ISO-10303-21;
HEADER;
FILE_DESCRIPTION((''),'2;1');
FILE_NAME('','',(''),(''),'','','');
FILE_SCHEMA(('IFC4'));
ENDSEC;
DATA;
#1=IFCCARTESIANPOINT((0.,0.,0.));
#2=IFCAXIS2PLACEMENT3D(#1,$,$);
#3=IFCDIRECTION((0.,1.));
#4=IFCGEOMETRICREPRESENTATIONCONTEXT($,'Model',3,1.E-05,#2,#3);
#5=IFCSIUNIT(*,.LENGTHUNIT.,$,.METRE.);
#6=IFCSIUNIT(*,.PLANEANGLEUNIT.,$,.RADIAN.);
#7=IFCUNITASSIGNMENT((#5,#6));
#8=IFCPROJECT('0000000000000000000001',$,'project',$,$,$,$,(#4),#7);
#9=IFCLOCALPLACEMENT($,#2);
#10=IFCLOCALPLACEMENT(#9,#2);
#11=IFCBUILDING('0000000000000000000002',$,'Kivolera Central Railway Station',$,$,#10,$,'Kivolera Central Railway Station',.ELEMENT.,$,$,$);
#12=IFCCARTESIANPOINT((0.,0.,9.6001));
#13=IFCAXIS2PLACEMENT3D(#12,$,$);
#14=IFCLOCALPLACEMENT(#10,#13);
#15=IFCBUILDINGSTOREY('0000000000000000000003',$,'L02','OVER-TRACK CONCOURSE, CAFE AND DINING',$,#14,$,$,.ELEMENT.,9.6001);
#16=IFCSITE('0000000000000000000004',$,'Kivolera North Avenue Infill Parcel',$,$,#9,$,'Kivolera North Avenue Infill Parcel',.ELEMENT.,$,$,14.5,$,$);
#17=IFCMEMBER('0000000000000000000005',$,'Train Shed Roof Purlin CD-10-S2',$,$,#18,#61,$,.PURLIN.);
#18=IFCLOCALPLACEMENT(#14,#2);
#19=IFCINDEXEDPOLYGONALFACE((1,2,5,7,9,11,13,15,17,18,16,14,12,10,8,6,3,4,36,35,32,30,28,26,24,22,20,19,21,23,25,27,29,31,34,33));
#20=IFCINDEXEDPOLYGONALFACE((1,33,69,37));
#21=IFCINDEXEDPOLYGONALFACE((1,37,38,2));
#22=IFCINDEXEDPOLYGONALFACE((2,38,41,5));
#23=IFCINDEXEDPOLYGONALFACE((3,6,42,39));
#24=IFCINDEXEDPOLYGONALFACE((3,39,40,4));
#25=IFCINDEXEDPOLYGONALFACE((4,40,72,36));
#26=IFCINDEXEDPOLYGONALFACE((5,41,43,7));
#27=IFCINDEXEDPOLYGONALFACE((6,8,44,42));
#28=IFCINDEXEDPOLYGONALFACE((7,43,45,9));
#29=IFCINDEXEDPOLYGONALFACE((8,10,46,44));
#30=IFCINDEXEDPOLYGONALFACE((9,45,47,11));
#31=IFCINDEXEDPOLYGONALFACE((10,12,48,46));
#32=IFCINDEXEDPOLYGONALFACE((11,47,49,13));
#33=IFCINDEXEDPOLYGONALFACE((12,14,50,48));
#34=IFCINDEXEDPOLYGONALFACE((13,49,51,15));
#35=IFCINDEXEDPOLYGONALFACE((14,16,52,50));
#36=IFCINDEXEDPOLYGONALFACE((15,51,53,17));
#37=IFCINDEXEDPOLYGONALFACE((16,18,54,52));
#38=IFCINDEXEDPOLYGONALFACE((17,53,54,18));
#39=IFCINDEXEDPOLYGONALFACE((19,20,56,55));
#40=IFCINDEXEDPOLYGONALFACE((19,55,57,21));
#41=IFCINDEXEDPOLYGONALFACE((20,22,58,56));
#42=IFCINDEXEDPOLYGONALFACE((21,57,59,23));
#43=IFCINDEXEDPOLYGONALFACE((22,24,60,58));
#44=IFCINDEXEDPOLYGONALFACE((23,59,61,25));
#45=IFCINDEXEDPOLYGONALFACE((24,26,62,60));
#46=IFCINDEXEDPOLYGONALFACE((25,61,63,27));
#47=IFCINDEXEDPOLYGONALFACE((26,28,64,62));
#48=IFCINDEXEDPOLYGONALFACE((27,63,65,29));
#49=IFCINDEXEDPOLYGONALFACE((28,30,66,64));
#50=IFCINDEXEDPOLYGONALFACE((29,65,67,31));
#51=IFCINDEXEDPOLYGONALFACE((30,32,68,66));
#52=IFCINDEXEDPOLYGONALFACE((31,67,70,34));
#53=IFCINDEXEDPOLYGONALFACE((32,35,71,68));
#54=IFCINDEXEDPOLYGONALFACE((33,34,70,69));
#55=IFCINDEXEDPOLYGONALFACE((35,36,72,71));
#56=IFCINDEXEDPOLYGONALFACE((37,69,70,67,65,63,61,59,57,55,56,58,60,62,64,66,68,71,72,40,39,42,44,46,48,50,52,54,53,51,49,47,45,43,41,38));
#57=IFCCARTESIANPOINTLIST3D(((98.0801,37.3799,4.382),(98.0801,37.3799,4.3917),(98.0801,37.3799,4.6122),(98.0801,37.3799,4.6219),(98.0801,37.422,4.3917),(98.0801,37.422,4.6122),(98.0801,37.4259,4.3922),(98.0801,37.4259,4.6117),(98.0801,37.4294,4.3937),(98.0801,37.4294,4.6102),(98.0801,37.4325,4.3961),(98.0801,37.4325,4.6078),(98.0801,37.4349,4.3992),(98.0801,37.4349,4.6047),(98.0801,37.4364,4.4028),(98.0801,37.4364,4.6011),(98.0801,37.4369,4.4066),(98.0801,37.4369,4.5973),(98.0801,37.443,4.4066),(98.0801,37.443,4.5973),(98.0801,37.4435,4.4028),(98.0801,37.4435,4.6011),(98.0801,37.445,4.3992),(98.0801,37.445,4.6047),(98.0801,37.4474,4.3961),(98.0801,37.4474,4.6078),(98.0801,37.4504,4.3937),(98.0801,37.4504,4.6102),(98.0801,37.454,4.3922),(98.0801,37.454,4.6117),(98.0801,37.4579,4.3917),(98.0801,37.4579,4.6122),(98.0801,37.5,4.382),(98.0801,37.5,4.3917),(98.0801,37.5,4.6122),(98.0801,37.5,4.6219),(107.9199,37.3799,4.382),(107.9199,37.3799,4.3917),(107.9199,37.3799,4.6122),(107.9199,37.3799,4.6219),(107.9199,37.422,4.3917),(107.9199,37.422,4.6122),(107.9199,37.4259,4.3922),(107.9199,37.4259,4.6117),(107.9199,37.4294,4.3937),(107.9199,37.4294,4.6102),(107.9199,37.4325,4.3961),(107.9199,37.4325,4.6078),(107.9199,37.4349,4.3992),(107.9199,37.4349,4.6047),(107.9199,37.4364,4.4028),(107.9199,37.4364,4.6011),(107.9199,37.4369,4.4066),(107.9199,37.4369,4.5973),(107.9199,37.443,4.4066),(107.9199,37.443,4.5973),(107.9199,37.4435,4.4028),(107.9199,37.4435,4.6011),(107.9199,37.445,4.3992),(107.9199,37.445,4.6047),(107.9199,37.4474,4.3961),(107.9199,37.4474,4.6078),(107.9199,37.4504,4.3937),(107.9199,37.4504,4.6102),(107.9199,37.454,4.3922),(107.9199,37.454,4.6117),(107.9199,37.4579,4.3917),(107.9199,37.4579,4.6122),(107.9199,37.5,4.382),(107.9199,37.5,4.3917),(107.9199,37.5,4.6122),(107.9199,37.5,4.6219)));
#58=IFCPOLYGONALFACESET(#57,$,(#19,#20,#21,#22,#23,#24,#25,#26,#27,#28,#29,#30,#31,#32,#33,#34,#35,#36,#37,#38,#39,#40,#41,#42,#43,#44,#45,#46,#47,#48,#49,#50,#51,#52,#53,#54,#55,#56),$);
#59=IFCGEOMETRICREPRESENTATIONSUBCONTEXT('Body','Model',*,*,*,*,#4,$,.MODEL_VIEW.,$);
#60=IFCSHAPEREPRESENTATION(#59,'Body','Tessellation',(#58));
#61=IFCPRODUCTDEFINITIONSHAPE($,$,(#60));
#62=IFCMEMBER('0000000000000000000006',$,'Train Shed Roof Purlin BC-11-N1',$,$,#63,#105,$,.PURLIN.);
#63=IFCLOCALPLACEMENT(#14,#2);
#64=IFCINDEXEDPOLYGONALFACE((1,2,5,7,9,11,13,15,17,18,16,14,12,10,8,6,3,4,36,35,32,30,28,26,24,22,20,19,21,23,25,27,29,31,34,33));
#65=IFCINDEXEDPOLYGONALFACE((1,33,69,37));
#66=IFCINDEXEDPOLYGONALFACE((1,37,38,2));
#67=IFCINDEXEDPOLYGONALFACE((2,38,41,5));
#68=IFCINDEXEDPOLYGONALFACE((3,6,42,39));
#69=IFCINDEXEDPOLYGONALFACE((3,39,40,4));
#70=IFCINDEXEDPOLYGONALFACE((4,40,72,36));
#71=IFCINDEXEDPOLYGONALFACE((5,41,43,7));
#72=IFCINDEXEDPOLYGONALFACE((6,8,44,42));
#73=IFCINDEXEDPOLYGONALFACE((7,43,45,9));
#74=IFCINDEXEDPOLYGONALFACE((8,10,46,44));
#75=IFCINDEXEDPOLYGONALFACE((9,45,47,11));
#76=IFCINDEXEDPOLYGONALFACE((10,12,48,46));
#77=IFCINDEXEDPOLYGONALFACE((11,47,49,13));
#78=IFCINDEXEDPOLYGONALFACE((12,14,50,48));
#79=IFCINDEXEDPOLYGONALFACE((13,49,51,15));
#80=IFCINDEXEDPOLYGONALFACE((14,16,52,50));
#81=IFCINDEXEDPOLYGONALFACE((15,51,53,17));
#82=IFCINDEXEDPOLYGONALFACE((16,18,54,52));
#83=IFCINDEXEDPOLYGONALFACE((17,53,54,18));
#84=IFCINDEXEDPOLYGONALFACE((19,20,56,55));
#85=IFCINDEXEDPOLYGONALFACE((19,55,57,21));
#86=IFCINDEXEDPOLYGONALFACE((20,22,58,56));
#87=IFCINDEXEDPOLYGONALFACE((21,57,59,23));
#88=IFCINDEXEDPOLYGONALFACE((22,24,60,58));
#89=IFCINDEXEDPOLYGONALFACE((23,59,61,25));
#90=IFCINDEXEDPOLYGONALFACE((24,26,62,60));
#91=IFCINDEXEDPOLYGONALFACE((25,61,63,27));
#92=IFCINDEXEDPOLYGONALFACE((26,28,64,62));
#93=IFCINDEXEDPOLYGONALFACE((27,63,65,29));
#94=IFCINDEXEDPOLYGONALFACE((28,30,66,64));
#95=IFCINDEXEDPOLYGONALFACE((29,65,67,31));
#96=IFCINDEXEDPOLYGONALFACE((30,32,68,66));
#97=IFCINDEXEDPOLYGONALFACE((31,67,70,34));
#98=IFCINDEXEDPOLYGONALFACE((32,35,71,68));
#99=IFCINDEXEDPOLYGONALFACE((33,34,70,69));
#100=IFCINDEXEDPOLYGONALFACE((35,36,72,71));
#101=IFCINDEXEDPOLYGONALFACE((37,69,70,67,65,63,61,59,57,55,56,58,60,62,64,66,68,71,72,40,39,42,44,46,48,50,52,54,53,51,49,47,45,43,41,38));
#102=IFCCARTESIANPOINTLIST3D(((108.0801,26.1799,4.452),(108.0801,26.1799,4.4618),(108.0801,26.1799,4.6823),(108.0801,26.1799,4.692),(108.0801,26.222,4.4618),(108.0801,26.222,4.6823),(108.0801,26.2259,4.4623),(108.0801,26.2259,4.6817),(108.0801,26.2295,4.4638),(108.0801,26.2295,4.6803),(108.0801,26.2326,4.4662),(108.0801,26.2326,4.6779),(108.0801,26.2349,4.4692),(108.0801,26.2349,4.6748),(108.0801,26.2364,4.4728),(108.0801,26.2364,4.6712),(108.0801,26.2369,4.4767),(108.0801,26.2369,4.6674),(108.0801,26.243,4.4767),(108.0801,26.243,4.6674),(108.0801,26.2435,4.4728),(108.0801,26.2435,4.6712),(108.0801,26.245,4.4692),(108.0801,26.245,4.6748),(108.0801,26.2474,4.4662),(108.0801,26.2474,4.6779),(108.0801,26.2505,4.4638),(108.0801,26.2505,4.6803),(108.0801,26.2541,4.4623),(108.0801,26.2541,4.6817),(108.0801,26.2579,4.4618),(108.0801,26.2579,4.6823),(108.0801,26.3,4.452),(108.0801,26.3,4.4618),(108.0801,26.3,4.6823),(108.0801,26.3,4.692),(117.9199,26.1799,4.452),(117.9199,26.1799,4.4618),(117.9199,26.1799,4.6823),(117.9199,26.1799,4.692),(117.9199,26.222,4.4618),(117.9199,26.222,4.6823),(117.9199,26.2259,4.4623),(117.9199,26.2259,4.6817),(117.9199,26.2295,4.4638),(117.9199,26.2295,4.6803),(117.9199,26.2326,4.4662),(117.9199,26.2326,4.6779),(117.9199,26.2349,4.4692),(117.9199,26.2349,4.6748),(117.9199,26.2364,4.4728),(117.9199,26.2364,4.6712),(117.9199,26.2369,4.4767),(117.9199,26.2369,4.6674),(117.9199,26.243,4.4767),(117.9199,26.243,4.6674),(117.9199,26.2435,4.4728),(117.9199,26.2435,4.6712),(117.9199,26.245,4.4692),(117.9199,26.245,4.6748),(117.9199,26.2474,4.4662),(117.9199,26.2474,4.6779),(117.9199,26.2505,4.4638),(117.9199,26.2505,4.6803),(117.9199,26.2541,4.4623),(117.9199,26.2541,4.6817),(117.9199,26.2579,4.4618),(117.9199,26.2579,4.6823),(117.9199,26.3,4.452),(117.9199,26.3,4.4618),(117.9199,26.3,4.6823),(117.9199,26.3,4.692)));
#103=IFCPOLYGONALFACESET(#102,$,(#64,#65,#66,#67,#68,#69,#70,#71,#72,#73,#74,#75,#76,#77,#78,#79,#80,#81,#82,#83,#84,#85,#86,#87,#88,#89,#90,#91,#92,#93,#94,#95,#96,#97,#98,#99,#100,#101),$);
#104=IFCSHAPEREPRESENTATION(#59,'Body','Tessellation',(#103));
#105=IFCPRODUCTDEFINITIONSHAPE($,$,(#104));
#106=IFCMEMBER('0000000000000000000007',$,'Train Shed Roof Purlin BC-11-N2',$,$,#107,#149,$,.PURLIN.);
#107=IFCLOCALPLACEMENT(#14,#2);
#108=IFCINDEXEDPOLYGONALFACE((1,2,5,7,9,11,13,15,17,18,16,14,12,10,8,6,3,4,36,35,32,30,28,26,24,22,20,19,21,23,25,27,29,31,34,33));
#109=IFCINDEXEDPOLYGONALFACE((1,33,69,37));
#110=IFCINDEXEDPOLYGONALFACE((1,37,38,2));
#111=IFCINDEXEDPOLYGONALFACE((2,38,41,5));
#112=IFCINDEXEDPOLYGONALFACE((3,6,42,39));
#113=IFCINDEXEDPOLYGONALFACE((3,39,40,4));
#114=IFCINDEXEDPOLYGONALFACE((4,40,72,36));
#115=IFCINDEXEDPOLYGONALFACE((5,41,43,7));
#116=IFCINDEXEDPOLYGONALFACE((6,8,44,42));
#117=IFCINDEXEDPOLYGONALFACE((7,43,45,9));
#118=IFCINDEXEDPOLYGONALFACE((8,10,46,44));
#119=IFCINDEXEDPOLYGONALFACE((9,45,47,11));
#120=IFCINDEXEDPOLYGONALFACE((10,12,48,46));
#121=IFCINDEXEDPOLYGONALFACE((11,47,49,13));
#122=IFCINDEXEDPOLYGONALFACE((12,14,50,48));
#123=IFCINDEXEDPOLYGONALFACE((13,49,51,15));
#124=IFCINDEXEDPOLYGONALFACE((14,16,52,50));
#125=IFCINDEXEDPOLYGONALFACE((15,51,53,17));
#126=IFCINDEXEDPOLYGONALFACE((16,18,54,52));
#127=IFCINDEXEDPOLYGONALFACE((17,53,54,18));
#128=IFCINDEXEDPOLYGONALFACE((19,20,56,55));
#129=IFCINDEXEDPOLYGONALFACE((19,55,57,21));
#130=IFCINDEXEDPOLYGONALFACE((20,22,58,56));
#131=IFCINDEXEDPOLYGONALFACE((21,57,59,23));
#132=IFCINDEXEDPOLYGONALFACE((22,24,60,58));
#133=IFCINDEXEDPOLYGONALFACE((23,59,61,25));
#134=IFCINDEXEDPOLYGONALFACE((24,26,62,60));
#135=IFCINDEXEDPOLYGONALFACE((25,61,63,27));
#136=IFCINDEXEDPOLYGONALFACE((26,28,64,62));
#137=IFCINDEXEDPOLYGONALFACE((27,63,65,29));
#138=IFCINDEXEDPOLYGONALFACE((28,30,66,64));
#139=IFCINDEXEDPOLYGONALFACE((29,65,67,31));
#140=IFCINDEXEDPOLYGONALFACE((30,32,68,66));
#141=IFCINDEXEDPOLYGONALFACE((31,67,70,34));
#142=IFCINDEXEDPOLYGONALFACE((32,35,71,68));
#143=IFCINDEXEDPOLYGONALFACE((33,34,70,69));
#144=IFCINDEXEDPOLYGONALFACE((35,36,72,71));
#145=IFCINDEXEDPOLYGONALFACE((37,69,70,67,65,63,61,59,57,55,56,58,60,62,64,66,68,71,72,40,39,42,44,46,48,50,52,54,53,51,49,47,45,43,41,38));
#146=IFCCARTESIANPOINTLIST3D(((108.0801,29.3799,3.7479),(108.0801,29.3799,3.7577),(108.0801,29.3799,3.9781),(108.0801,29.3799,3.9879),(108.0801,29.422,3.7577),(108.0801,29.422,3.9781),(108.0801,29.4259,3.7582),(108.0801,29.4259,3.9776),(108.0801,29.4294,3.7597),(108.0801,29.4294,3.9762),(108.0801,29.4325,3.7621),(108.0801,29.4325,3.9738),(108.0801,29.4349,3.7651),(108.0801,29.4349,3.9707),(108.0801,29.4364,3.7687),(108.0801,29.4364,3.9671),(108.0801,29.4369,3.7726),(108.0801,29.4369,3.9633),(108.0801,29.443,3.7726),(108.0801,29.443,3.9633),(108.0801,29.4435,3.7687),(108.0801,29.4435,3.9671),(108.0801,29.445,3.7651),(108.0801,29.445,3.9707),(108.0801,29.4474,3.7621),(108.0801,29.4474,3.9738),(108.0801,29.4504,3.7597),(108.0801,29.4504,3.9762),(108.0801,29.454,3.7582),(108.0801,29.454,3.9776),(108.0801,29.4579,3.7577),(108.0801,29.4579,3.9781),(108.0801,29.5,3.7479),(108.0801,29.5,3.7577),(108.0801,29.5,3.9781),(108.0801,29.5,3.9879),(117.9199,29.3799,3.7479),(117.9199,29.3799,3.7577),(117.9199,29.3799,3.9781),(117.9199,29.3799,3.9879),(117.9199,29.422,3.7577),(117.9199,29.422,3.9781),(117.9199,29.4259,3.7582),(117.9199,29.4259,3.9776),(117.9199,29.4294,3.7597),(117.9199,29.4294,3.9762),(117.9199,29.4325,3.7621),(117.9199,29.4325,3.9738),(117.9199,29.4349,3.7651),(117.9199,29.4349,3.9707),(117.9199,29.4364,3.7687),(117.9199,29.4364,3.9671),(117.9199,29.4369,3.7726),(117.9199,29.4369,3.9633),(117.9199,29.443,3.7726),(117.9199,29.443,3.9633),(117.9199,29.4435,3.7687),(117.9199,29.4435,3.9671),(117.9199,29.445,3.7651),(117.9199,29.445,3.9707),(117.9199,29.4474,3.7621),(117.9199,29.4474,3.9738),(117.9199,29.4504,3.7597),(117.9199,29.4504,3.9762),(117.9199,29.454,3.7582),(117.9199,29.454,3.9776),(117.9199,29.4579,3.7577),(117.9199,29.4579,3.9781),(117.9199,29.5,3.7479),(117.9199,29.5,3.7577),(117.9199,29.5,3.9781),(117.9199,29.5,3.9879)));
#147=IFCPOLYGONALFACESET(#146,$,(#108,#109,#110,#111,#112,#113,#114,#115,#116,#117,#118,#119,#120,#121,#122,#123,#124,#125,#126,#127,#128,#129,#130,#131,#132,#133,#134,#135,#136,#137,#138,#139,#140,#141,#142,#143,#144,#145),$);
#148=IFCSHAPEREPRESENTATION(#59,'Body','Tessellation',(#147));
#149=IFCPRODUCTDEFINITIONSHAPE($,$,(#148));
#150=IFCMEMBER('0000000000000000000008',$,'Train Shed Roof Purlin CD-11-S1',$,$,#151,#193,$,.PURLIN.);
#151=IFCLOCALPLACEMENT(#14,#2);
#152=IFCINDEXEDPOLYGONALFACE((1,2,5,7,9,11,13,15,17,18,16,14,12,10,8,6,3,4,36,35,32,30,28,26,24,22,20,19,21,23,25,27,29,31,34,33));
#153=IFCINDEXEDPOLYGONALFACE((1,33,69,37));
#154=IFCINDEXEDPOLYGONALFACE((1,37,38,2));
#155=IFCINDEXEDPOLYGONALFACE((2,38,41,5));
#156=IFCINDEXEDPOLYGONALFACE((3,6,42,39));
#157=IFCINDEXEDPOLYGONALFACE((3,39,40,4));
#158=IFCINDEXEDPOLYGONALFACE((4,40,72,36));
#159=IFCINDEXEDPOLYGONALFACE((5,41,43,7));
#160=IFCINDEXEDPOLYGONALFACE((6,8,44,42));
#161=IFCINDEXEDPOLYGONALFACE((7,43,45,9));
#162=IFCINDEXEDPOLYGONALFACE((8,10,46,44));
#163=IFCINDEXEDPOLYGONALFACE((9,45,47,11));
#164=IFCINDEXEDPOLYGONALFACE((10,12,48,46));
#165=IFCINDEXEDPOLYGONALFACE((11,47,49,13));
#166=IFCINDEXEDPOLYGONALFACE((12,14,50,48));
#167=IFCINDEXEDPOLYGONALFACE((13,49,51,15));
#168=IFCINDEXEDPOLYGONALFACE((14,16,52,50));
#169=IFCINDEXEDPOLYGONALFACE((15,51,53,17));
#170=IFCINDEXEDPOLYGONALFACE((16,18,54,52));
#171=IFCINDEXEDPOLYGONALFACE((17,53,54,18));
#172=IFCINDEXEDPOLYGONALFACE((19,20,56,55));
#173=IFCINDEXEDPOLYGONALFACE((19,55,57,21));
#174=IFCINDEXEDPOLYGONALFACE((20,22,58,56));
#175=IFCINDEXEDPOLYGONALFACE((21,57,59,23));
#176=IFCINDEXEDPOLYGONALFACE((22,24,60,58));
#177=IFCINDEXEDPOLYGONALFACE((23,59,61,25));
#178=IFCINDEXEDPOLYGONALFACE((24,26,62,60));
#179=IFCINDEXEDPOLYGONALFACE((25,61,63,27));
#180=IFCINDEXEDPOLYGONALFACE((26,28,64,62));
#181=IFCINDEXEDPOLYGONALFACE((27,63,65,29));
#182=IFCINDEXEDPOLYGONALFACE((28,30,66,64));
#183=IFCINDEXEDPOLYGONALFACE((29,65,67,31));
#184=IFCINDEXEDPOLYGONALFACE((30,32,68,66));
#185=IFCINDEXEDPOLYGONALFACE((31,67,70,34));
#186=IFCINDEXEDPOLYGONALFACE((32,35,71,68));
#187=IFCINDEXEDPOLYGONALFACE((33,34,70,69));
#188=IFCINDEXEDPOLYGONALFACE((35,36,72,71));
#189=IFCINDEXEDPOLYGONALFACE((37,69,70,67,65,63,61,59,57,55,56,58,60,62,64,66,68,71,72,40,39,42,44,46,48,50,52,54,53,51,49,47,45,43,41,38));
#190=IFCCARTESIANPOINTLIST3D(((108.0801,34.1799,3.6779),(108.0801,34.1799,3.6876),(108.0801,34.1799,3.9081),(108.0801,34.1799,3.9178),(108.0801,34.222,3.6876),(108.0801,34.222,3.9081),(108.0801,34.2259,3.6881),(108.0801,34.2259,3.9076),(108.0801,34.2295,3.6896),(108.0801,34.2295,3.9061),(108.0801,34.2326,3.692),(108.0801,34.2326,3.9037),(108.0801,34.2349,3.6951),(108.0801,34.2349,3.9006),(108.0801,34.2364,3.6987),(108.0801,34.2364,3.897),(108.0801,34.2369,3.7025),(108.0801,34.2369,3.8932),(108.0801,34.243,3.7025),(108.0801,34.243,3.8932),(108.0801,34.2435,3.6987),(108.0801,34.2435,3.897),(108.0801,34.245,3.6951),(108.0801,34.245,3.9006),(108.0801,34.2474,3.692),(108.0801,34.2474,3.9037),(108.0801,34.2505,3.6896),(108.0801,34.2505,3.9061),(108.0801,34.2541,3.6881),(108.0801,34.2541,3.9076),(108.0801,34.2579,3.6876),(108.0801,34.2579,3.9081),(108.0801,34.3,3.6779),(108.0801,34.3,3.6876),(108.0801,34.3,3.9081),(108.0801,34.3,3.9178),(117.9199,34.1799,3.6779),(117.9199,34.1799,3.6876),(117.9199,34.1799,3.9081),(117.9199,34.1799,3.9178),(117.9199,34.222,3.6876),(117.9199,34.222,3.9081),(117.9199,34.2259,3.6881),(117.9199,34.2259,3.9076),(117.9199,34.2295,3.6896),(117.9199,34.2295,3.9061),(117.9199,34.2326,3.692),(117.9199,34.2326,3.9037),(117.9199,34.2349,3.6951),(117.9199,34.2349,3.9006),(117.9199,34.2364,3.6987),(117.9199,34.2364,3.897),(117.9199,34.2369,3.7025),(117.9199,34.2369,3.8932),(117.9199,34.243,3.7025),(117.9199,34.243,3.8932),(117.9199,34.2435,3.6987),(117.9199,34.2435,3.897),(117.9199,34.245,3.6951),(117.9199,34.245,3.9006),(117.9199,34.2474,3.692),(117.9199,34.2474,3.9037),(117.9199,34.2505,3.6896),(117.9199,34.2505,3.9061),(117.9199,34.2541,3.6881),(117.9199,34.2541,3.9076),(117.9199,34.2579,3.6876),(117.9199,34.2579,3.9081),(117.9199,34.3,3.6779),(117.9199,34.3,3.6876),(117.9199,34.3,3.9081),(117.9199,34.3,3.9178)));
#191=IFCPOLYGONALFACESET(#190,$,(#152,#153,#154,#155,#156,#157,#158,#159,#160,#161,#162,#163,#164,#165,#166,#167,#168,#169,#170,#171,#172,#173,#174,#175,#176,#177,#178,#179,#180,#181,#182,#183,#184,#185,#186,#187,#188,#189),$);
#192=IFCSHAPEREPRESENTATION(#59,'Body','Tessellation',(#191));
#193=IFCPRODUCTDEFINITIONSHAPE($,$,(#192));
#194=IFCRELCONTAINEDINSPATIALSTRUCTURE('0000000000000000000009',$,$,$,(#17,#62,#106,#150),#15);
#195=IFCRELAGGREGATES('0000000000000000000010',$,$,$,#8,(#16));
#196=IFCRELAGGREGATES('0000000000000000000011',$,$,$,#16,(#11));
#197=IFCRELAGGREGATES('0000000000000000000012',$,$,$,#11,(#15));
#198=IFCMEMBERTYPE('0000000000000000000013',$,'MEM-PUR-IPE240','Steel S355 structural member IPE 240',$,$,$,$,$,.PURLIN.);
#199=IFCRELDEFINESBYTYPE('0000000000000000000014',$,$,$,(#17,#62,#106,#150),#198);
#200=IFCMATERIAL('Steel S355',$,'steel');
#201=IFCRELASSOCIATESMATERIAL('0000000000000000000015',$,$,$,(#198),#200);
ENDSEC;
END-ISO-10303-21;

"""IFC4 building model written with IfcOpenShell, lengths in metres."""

from ifc_helpers import new_model, si_unit, direction, frame, origin, origin_2d, place, context, subcontext, project, spatial, i_section, extrude, material, material_profile, profile_set, type_object, element, save


model = new_model("IFC4")

# Units and contexts
model_context = context("Model", 3, precision=1e-05, world=origin(), true_north=direction((0.0, 1.0)))
body_context = subcontext(model_context, "Body", "Model", "MODEL_VIEW")
ifc_project = project(units=[si_unit("LENGTHUNIT", "METRE"), si_unit("PLANEANGLEUNIT", "RADIAN")], contexts=[model_context])

# Site, building, storey
site_placement = place(None, origin())
site = spatial("IfcSite", under=ifc_project, at=site_placement, Name="Kivolera North Avenue Infill Parcel", LongName="Kivolera North Avenue Infill Parcel", CompositionType="ELEMENT", RefElevation=14.5)
building_placement = place(site_placement, origin())
building = spatial("IfcBuilding", under=site, at=building_placement, Name="Kivolera Central Railway Station", LongName="Kivolera Central Railway Station", CompositionType="ELEMENT")
storey_placement = place(building_placement, frame((0.0, 0.0, 9.6001)))
storey = spatial("IfcBuildingStorey", under=building, at=storey_placement, Name="L02", Description="OVER-TRACK CONCOURSE, CAFE AND DINING", CompositionType="ELEMENT", Elevation=9.6001)

# Shared definitions
ifc_material_1 = material(Name="Steel S355", Category="steel")

# Members
ifc_material_profile_1 = material_profile(ifc_material_1, i_section(OverallWidth=0.1201, OverallDepth=0.24, WebThickness=0.0061, FlangeThickness=0.0098, FilletRadius=0.0149, at=origin_2d()), Name="IPE 240")
ifc_profile_set_1 = profile_set([ifc_material_profile_1], Name="Steel S355")
member_type_1 = type_object("IfcMemberType", Name="MEM-PUR-IPE240", Description="Steel S355 structural member IPE 240", PredefinedType="PURLIN", material=ifc_profile_set_1)
for number, where, z_axis, x_axis, name in (
    (1, (98.0801, 37.4399, 4.502), (1.0, 0.0, 0.0), (0.0, 1.0, 0.0), "Train Shed Roof Purlin CD-10-S2"),
    (2, (108.0801, 26.24, 4.572), (1.0, 0.0, 0.0), (0.0, 1.0, 0.0), "Train Shed Roof Purlin BC-11-N1"),
    (3, (108.0801, 29.4399, 3.8679), (1.0, 0.0, 0.0), (0.0, 1.0, 0.0), "Train Shed Roof Purlin BC-11-N2"),
    (4, (108.0801, 34.24, 3.7979), (1.0, 0.0, 0.0), (0.0, 1.0, 0.0), "Train Shed Roof Purlin CD-11-S1"),
):
    element("IfcMember", number, at=place(storey_placement, frame(where, z_axis=z_axis, x_axis=x_axis)), inside=storey, type_object=member_type_1, Name=name, PredefinedType="PURLIN", context=body_context, shape_type="SweptSolid", body=[
        extrude(i_section(OverallWidth=0.1201, OverallDepth=0.24, WebThickness=0.0061, FlangeThickness=0.0098, FilletRadius=0.0149, at=origin_2d()), origin(), (0.0, 0.0, 1.0), 9.8398),
    ])

save(model, "model.ifc")
